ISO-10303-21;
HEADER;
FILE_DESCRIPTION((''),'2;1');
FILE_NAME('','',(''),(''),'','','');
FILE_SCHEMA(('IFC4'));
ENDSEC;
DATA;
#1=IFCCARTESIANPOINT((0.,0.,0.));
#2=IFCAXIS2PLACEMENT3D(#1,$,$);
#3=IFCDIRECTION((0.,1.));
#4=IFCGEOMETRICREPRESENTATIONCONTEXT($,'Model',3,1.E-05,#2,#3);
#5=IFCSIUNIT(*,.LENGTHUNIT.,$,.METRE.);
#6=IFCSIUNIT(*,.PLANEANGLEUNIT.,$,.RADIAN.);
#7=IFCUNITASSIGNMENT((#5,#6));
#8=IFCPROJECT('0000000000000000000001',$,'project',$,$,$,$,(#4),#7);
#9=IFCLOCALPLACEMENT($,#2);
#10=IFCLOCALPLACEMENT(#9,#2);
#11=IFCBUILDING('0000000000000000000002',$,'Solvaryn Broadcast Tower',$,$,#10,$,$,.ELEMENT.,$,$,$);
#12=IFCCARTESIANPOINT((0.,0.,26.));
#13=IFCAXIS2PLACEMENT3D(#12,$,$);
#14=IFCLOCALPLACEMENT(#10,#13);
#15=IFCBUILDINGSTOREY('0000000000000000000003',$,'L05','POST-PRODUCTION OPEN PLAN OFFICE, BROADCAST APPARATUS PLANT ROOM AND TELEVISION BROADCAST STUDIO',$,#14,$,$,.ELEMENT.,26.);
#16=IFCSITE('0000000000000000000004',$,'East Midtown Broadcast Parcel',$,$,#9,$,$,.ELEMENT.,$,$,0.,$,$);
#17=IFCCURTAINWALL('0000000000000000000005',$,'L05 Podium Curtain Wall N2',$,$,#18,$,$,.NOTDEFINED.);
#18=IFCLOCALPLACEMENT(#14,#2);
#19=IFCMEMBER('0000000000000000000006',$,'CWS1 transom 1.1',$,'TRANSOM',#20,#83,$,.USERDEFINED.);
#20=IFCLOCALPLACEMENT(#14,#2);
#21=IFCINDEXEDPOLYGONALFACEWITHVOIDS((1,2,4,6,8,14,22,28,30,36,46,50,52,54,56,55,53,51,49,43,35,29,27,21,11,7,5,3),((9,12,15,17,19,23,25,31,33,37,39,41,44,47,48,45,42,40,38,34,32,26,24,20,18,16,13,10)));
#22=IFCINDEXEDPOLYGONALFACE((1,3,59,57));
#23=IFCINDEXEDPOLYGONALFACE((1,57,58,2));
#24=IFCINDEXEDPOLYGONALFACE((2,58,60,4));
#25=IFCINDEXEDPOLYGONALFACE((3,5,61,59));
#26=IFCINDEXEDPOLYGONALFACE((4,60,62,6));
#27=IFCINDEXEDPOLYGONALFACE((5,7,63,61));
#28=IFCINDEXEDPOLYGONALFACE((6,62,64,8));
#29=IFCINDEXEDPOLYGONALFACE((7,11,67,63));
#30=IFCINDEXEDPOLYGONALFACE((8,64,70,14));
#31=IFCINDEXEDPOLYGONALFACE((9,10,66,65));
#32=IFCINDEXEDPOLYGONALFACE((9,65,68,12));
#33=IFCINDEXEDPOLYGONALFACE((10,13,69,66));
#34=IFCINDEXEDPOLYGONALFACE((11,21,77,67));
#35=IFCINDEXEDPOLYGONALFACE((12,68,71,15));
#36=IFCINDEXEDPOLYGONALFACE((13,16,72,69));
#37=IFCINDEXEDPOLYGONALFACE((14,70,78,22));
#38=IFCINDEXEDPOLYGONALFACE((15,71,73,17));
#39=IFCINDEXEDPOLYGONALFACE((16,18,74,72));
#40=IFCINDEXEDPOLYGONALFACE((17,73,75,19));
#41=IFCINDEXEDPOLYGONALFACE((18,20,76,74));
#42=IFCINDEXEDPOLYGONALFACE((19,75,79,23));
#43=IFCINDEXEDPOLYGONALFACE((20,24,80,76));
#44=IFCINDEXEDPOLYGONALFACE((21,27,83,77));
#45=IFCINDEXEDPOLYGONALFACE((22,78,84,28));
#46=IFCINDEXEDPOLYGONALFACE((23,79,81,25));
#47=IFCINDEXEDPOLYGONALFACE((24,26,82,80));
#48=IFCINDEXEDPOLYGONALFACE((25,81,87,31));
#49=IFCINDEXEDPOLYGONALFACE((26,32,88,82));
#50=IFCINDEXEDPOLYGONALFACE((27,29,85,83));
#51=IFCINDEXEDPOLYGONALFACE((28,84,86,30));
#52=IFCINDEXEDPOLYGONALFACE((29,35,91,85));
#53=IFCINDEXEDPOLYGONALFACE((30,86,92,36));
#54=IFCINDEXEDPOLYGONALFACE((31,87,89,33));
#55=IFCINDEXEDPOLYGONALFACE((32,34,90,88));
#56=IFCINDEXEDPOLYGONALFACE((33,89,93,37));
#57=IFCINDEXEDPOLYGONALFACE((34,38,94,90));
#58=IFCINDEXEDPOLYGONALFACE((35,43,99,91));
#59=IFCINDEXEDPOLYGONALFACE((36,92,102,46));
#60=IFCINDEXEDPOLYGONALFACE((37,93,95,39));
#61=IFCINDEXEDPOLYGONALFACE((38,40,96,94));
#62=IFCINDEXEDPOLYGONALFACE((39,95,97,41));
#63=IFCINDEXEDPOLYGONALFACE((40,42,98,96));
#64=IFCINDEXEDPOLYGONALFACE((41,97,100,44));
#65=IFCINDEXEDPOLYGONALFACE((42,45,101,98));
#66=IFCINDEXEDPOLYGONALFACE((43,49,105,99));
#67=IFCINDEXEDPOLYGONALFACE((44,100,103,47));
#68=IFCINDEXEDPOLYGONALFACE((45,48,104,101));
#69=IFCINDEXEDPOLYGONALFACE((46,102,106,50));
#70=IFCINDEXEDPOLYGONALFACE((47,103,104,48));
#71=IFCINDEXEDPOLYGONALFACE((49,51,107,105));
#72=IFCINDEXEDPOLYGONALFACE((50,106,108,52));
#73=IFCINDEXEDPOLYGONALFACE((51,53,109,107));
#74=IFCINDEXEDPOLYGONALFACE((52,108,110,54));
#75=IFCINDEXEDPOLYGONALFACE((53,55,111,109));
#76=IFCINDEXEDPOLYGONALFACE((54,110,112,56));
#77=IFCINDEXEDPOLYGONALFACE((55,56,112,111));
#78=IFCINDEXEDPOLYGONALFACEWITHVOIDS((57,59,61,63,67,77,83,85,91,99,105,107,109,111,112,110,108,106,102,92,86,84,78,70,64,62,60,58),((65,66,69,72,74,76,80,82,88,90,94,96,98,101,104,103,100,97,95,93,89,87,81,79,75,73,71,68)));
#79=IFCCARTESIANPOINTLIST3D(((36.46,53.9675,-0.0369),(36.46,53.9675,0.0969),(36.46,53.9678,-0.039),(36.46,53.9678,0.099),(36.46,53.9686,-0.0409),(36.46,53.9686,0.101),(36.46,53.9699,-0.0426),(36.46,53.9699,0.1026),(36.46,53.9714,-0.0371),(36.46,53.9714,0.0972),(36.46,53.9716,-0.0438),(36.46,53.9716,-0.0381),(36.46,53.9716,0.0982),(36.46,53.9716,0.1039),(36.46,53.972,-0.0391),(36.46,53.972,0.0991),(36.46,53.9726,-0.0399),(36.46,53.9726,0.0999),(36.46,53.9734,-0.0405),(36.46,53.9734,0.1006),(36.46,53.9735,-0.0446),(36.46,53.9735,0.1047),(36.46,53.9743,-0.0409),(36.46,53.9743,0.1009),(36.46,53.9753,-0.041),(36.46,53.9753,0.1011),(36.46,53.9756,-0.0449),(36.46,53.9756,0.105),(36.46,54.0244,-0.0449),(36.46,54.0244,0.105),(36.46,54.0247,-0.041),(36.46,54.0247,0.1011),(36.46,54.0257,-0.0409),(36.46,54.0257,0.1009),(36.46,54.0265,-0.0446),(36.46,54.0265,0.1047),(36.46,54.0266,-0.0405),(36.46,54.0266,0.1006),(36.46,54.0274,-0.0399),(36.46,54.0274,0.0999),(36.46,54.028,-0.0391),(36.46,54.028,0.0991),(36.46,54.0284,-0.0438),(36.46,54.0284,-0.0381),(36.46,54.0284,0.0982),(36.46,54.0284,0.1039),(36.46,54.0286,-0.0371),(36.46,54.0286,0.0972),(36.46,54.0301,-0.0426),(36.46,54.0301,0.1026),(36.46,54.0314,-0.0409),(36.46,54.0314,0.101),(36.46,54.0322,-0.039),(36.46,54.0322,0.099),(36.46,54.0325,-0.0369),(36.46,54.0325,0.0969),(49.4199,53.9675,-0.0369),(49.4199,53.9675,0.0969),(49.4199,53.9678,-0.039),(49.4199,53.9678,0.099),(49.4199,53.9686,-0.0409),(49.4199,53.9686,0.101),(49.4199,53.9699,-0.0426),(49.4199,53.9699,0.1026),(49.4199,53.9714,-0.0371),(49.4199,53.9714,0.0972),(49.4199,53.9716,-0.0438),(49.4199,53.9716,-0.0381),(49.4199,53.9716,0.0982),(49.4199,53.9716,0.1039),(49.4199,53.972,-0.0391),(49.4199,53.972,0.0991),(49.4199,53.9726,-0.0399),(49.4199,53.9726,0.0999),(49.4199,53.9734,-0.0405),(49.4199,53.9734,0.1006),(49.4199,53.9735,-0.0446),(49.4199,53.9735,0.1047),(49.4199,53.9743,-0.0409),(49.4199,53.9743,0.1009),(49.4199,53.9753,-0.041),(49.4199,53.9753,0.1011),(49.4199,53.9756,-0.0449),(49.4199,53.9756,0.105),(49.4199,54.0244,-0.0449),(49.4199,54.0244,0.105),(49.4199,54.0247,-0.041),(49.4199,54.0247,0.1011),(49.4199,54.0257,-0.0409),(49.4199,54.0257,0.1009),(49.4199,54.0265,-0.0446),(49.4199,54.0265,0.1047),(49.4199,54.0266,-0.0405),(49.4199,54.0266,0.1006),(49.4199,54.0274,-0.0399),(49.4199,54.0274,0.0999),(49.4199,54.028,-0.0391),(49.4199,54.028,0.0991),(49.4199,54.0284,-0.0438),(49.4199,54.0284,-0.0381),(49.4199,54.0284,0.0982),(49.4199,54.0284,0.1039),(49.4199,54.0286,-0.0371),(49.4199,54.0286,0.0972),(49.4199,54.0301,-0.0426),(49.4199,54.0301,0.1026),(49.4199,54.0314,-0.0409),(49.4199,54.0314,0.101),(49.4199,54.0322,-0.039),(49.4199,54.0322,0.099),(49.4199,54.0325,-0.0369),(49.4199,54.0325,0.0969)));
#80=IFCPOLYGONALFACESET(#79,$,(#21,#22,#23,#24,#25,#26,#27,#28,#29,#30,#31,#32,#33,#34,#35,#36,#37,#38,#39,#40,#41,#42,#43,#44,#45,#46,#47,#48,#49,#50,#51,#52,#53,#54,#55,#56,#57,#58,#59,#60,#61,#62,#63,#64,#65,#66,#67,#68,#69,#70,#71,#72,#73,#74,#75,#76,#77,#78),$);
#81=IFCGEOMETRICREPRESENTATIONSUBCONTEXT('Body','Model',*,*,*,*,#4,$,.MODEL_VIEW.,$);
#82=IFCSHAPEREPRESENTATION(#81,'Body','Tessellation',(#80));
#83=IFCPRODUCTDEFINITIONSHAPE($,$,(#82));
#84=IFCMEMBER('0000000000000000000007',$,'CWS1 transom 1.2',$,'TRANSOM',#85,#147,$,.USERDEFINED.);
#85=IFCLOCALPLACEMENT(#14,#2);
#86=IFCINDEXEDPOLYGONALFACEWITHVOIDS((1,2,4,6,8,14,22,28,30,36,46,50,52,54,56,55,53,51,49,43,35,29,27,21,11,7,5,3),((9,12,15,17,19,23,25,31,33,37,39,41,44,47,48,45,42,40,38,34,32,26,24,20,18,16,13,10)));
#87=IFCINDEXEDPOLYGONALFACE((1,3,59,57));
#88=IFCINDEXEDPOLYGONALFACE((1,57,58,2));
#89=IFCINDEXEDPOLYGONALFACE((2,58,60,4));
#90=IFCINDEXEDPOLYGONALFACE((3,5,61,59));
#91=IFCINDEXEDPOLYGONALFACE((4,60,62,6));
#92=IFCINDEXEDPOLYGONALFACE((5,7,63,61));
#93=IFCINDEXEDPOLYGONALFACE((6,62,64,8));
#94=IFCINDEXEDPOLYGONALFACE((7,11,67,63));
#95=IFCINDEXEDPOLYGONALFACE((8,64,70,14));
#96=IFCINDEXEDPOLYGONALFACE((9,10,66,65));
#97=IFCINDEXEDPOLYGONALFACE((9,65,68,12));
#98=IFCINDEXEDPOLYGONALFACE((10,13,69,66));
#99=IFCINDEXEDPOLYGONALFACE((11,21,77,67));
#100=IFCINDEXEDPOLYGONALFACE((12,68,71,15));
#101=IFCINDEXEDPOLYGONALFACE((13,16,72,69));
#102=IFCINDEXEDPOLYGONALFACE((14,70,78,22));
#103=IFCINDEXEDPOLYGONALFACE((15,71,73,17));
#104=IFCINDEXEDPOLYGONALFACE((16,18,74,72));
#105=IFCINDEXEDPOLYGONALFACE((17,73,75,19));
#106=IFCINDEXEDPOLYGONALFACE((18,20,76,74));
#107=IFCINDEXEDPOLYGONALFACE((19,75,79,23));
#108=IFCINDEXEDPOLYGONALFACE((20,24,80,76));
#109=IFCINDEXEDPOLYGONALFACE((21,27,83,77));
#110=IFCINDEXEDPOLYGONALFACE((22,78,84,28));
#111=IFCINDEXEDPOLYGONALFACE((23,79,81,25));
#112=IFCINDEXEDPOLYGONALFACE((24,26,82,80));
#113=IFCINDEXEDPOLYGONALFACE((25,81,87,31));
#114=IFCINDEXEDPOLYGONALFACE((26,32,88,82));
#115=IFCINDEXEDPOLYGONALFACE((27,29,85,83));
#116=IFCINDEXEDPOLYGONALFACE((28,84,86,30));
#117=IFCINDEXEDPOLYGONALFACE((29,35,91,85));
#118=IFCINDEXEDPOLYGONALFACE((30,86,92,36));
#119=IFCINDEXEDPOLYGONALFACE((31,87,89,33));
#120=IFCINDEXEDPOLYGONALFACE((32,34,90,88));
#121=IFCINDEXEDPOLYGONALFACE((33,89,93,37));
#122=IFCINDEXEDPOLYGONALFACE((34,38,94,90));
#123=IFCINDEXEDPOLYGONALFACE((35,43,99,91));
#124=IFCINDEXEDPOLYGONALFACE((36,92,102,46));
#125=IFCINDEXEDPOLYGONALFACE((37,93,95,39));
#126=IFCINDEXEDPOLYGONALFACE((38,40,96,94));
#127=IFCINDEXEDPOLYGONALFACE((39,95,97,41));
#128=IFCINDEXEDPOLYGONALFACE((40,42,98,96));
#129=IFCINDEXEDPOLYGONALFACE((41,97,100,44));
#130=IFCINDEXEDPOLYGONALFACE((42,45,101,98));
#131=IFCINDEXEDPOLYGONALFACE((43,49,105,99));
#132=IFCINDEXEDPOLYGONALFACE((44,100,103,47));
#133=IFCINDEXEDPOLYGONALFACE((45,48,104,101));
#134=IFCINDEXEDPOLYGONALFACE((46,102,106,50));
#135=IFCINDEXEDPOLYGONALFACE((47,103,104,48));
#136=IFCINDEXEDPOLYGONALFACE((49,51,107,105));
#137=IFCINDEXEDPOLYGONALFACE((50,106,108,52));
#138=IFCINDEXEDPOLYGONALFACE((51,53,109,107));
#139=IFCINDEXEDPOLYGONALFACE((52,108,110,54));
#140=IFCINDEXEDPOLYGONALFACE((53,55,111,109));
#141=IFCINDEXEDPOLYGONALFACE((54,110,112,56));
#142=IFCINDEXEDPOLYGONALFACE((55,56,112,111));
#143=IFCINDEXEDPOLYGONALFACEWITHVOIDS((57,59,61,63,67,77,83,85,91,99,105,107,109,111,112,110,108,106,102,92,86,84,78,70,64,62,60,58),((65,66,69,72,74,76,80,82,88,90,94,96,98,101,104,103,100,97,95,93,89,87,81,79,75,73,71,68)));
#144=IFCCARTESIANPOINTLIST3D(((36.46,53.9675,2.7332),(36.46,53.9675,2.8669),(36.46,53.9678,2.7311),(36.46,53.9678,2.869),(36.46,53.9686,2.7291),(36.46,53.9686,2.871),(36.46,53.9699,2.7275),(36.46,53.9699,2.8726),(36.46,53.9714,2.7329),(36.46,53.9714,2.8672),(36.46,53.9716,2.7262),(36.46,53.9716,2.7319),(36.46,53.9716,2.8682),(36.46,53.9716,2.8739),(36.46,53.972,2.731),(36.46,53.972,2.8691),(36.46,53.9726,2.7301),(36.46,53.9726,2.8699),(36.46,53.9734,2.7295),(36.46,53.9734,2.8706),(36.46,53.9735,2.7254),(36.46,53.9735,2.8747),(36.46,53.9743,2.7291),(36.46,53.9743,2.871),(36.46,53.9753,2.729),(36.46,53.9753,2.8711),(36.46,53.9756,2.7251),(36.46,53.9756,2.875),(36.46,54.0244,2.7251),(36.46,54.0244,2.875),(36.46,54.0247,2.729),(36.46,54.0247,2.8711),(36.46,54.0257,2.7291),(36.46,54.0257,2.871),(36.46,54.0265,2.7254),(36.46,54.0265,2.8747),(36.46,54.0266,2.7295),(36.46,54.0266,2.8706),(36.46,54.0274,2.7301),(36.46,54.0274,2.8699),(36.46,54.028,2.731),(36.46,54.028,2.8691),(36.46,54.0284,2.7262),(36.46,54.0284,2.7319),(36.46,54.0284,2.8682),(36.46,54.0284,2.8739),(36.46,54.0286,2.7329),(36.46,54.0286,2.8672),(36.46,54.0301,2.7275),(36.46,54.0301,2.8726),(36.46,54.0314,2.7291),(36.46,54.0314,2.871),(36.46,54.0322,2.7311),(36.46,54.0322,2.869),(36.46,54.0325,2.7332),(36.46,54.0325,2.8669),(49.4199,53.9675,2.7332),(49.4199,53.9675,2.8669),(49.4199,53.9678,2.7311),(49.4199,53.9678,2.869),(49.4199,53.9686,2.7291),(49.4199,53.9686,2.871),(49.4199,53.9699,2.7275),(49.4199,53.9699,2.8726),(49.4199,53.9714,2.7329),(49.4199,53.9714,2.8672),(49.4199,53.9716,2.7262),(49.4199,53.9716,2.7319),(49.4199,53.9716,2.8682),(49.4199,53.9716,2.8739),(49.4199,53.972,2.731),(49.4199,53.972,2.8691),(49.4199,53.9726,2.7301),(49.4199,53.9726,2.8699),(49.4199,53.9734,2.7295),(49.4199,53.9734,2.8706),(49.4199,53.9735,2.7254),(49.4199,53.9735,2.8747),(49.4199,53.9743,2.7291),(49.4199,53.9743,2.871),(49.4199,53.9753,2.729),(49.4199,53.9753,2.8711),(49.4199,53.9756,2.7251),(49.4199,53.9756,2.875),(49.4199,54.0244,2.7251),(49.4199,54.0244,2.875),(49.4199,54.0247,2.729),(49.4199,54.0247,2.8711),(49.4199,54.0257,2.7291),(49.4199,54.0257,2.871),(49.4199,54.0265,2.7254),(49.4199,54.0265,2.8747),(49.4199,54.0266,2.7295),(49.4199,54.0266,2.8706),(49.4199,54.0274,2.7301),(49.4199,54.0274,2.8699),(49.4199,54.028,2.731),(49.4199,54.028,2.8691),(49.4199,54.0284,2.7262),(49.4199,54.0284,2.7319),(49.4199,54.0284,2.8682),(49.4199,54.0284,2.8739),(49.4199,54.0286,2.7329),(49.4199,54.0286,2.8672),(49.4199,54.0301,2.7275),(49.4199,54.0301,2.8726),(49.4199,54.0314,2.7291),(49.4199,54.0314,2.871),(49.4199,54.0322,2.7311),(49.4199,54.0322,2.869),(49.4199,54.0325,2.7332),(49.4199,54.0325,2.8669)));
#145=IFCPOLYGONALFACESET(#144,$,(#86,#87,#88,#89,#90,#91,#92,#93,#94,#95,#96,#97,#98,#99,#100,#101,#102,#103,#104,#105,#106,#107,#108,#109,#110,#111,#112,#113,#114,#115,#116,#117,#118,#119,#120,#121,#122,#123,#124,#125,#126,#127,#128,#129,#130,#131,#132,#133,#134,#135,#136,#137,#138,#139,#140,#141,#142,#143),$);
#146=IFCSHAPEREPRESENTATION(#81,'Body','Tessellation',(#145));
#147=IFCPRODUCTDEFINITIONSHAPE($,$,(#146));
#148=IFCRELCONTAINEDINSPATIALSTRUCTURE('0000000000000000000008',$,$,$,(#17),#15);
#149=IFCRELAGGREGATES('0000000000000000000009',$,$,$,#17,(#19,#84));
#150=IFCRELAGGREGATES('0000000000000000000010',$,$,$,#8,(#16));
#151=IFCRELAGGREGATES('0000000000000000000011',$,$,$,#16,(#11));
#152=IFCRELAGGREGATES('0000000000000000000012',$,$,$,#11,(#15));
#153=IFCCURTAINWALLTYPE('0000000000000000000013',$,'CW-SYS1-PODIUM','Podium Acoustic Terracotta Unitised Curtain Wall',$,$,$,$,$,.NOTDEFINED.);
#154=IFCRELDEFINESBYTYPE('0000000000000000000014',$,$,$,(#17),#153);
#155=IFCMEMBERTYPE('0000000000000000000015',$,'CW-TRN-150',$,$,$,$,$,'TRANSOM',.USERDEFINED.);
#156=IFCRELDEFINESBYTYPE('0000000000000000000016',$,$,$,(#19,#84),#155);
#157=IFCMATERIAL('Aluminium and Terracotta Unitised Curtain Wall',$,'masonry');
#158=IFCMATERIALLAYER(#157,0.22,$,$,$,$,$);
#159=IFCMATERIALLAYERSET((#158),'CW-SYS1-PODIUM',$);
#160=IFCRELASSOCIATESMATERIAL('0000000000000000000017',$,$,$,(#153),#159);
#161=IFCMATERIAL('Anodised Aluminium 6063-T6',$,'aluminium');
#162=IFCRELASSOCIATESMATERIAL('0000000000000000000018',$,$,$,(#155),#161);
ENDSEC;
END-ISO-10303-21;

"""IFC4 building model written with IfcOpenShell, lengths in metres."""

from ifc_helpers import new_model, si_unit, direction, frame, origin, origin_2d, place, context, subcontext, project, spatial, hollow_rectangle, extrude, material, layer, layer_set, material_profile, profile_set, type_object, element, aggregate, save


model = new_model("IFC4")

# Units and contexts
model_context = context("Model", 3, precision=1e-05, world=origin(), true_north=direction((0.0, 1.0)))
body_context = subcontext(model_context, "Body", "Model", "MODEL_VIEW")
ifc_project = project(units=[si_unit("LENGTHUNIT", "METRE"), si_unit("PLANEANGLEUNIT", "RADIAN")], contexts=[model_context])

# Site, building, storey
site_placement = place(None, origin())
site = spatial("IfcSite", under=ifc_project, at=site_placement, Name="East Midtown Broadcast Parcel", CompositionType="ELEMENT", RefElevation=0.0)
building_placement = place(site_placement, origin())
building = spatial("IfcBuilding", under=site, at=building_placement, Name="Solvaryn Broadcast Tower", CompositionType="ELEMENT")
storey_placement = place(building_placement, frame((0.0, 0.0, 26.0)))
storey = spatial("IfcBuildingStorey", under=building, at=storey_placement, Name="L05", Description="POST-PRODUCTION OPEN PLAN OFFICE, BROADCAST APPARATUS PLANT ROOM AND TELEVISION BROADCAST STUDIO", CompositionType="ELEMENT", Elevation=26.0)

# Shared definitions
ifc_material_1 = material(Name="Aluminium and Terracotta Unitised Curtain Wall", Category="masonry")
ifc_layer_1 = layer(ifc_material_1, 0.22)
ifc_layer_set_1 = layer_set([ifc_layer_1], Name="CW-SYS1-PODIUM")
curtain_wall_type = type_object("IfcCurtainWallType", Name="CW-SYS1-PODIUM", Description="Podium Acoustic Terracotta Unitised Curtain Wall", PredefinedType="NOTDEFINED", material=ifc_layer_set_1)

# Curtain wall, members
curtain_wall_1_placement = place(storey_placement, origin())
curtain_wall_1 = element("IfcCurtainWall", 1, at=curtain_wall_1_placement, inside=storey, type_object=curtain_wall_type, Name="L05 Podium Curtain Wall N2", PredefinedType="NOTDEFINED")
ifc_material_2 = material(Name="Anodised Aluminium 6063-T6", Category="aluminium")
ifc_material_profile_1 = material_profile(ifc_material_2, hollow_rectangle(XDim=0.0649, YDim=0.1499, WallThickness=0.0039, InnerFilletRadius=0.0039, OuterFilletRadius=0.0081, at=origin_2d()))
ifc_profile_set_1 = profile_set([ifc_material_profile_1], Name="Anodised Aluminium 6063-T6")
member_type_1 = type_object("IfcMemberType", Name="CW-TRN-150", ElementType="TRANSOM", PredefinedType="USERDEFINED", material=ifc_profile_set_1)
member_1_placement = place(storey_placement, frame((36.46, 54.0, 0.03), z_axis=(1.0, 0.0, 0.0), x_axis=(0.0, 1.0, 0.0)))
member_1 = element("IfcMember", 2, at=member_1_placement, type_object=member_type_1, Name="CWS1 transom 1.1", ObjectType="TRANSOM", PredefinedType="USERDEFINED", context=body_context, shape_type="SweptSolid", body=[
    extrude(hollow_rectangle(XDim=0.0649, YDim=0.1499, WallThickness=0.0039, InnerFilletRadius=0.0039, OuterFilletRadius=0.0081, at=origin_2d()), origin(), (0.0, 0.0, 1.0), 12.96),
])
member_2_placement = place(storey_placement, frame((36.46, 54.0, 2.8), z_axis=(1.0, 0.0, 0.0), x_axis=(0.0, 1.0, 0.0)))
member_2 = element("IfcMember", 3, at=member_2_placement, type_object=member_type_1, Name="CWS1 transom 1.2", ObjectType="TRANSOM", PredefinedType="USERDEFINED", context=body_context, shape_type="SweptSolid", body=[
    extrude(hollow_rectangle(XDim=0.0649, YDim=0.1499, WallThickness=0.0039, InnerFilletRadius=0.0039, OuterFilletRadius=0.0081, at=origin_2d()), origin(), (0.0, 0.0, 1.0), 12.96),
])
aggregate(curtain_wall_1, [member_1, member_2])

save(model, "model.ifc")
